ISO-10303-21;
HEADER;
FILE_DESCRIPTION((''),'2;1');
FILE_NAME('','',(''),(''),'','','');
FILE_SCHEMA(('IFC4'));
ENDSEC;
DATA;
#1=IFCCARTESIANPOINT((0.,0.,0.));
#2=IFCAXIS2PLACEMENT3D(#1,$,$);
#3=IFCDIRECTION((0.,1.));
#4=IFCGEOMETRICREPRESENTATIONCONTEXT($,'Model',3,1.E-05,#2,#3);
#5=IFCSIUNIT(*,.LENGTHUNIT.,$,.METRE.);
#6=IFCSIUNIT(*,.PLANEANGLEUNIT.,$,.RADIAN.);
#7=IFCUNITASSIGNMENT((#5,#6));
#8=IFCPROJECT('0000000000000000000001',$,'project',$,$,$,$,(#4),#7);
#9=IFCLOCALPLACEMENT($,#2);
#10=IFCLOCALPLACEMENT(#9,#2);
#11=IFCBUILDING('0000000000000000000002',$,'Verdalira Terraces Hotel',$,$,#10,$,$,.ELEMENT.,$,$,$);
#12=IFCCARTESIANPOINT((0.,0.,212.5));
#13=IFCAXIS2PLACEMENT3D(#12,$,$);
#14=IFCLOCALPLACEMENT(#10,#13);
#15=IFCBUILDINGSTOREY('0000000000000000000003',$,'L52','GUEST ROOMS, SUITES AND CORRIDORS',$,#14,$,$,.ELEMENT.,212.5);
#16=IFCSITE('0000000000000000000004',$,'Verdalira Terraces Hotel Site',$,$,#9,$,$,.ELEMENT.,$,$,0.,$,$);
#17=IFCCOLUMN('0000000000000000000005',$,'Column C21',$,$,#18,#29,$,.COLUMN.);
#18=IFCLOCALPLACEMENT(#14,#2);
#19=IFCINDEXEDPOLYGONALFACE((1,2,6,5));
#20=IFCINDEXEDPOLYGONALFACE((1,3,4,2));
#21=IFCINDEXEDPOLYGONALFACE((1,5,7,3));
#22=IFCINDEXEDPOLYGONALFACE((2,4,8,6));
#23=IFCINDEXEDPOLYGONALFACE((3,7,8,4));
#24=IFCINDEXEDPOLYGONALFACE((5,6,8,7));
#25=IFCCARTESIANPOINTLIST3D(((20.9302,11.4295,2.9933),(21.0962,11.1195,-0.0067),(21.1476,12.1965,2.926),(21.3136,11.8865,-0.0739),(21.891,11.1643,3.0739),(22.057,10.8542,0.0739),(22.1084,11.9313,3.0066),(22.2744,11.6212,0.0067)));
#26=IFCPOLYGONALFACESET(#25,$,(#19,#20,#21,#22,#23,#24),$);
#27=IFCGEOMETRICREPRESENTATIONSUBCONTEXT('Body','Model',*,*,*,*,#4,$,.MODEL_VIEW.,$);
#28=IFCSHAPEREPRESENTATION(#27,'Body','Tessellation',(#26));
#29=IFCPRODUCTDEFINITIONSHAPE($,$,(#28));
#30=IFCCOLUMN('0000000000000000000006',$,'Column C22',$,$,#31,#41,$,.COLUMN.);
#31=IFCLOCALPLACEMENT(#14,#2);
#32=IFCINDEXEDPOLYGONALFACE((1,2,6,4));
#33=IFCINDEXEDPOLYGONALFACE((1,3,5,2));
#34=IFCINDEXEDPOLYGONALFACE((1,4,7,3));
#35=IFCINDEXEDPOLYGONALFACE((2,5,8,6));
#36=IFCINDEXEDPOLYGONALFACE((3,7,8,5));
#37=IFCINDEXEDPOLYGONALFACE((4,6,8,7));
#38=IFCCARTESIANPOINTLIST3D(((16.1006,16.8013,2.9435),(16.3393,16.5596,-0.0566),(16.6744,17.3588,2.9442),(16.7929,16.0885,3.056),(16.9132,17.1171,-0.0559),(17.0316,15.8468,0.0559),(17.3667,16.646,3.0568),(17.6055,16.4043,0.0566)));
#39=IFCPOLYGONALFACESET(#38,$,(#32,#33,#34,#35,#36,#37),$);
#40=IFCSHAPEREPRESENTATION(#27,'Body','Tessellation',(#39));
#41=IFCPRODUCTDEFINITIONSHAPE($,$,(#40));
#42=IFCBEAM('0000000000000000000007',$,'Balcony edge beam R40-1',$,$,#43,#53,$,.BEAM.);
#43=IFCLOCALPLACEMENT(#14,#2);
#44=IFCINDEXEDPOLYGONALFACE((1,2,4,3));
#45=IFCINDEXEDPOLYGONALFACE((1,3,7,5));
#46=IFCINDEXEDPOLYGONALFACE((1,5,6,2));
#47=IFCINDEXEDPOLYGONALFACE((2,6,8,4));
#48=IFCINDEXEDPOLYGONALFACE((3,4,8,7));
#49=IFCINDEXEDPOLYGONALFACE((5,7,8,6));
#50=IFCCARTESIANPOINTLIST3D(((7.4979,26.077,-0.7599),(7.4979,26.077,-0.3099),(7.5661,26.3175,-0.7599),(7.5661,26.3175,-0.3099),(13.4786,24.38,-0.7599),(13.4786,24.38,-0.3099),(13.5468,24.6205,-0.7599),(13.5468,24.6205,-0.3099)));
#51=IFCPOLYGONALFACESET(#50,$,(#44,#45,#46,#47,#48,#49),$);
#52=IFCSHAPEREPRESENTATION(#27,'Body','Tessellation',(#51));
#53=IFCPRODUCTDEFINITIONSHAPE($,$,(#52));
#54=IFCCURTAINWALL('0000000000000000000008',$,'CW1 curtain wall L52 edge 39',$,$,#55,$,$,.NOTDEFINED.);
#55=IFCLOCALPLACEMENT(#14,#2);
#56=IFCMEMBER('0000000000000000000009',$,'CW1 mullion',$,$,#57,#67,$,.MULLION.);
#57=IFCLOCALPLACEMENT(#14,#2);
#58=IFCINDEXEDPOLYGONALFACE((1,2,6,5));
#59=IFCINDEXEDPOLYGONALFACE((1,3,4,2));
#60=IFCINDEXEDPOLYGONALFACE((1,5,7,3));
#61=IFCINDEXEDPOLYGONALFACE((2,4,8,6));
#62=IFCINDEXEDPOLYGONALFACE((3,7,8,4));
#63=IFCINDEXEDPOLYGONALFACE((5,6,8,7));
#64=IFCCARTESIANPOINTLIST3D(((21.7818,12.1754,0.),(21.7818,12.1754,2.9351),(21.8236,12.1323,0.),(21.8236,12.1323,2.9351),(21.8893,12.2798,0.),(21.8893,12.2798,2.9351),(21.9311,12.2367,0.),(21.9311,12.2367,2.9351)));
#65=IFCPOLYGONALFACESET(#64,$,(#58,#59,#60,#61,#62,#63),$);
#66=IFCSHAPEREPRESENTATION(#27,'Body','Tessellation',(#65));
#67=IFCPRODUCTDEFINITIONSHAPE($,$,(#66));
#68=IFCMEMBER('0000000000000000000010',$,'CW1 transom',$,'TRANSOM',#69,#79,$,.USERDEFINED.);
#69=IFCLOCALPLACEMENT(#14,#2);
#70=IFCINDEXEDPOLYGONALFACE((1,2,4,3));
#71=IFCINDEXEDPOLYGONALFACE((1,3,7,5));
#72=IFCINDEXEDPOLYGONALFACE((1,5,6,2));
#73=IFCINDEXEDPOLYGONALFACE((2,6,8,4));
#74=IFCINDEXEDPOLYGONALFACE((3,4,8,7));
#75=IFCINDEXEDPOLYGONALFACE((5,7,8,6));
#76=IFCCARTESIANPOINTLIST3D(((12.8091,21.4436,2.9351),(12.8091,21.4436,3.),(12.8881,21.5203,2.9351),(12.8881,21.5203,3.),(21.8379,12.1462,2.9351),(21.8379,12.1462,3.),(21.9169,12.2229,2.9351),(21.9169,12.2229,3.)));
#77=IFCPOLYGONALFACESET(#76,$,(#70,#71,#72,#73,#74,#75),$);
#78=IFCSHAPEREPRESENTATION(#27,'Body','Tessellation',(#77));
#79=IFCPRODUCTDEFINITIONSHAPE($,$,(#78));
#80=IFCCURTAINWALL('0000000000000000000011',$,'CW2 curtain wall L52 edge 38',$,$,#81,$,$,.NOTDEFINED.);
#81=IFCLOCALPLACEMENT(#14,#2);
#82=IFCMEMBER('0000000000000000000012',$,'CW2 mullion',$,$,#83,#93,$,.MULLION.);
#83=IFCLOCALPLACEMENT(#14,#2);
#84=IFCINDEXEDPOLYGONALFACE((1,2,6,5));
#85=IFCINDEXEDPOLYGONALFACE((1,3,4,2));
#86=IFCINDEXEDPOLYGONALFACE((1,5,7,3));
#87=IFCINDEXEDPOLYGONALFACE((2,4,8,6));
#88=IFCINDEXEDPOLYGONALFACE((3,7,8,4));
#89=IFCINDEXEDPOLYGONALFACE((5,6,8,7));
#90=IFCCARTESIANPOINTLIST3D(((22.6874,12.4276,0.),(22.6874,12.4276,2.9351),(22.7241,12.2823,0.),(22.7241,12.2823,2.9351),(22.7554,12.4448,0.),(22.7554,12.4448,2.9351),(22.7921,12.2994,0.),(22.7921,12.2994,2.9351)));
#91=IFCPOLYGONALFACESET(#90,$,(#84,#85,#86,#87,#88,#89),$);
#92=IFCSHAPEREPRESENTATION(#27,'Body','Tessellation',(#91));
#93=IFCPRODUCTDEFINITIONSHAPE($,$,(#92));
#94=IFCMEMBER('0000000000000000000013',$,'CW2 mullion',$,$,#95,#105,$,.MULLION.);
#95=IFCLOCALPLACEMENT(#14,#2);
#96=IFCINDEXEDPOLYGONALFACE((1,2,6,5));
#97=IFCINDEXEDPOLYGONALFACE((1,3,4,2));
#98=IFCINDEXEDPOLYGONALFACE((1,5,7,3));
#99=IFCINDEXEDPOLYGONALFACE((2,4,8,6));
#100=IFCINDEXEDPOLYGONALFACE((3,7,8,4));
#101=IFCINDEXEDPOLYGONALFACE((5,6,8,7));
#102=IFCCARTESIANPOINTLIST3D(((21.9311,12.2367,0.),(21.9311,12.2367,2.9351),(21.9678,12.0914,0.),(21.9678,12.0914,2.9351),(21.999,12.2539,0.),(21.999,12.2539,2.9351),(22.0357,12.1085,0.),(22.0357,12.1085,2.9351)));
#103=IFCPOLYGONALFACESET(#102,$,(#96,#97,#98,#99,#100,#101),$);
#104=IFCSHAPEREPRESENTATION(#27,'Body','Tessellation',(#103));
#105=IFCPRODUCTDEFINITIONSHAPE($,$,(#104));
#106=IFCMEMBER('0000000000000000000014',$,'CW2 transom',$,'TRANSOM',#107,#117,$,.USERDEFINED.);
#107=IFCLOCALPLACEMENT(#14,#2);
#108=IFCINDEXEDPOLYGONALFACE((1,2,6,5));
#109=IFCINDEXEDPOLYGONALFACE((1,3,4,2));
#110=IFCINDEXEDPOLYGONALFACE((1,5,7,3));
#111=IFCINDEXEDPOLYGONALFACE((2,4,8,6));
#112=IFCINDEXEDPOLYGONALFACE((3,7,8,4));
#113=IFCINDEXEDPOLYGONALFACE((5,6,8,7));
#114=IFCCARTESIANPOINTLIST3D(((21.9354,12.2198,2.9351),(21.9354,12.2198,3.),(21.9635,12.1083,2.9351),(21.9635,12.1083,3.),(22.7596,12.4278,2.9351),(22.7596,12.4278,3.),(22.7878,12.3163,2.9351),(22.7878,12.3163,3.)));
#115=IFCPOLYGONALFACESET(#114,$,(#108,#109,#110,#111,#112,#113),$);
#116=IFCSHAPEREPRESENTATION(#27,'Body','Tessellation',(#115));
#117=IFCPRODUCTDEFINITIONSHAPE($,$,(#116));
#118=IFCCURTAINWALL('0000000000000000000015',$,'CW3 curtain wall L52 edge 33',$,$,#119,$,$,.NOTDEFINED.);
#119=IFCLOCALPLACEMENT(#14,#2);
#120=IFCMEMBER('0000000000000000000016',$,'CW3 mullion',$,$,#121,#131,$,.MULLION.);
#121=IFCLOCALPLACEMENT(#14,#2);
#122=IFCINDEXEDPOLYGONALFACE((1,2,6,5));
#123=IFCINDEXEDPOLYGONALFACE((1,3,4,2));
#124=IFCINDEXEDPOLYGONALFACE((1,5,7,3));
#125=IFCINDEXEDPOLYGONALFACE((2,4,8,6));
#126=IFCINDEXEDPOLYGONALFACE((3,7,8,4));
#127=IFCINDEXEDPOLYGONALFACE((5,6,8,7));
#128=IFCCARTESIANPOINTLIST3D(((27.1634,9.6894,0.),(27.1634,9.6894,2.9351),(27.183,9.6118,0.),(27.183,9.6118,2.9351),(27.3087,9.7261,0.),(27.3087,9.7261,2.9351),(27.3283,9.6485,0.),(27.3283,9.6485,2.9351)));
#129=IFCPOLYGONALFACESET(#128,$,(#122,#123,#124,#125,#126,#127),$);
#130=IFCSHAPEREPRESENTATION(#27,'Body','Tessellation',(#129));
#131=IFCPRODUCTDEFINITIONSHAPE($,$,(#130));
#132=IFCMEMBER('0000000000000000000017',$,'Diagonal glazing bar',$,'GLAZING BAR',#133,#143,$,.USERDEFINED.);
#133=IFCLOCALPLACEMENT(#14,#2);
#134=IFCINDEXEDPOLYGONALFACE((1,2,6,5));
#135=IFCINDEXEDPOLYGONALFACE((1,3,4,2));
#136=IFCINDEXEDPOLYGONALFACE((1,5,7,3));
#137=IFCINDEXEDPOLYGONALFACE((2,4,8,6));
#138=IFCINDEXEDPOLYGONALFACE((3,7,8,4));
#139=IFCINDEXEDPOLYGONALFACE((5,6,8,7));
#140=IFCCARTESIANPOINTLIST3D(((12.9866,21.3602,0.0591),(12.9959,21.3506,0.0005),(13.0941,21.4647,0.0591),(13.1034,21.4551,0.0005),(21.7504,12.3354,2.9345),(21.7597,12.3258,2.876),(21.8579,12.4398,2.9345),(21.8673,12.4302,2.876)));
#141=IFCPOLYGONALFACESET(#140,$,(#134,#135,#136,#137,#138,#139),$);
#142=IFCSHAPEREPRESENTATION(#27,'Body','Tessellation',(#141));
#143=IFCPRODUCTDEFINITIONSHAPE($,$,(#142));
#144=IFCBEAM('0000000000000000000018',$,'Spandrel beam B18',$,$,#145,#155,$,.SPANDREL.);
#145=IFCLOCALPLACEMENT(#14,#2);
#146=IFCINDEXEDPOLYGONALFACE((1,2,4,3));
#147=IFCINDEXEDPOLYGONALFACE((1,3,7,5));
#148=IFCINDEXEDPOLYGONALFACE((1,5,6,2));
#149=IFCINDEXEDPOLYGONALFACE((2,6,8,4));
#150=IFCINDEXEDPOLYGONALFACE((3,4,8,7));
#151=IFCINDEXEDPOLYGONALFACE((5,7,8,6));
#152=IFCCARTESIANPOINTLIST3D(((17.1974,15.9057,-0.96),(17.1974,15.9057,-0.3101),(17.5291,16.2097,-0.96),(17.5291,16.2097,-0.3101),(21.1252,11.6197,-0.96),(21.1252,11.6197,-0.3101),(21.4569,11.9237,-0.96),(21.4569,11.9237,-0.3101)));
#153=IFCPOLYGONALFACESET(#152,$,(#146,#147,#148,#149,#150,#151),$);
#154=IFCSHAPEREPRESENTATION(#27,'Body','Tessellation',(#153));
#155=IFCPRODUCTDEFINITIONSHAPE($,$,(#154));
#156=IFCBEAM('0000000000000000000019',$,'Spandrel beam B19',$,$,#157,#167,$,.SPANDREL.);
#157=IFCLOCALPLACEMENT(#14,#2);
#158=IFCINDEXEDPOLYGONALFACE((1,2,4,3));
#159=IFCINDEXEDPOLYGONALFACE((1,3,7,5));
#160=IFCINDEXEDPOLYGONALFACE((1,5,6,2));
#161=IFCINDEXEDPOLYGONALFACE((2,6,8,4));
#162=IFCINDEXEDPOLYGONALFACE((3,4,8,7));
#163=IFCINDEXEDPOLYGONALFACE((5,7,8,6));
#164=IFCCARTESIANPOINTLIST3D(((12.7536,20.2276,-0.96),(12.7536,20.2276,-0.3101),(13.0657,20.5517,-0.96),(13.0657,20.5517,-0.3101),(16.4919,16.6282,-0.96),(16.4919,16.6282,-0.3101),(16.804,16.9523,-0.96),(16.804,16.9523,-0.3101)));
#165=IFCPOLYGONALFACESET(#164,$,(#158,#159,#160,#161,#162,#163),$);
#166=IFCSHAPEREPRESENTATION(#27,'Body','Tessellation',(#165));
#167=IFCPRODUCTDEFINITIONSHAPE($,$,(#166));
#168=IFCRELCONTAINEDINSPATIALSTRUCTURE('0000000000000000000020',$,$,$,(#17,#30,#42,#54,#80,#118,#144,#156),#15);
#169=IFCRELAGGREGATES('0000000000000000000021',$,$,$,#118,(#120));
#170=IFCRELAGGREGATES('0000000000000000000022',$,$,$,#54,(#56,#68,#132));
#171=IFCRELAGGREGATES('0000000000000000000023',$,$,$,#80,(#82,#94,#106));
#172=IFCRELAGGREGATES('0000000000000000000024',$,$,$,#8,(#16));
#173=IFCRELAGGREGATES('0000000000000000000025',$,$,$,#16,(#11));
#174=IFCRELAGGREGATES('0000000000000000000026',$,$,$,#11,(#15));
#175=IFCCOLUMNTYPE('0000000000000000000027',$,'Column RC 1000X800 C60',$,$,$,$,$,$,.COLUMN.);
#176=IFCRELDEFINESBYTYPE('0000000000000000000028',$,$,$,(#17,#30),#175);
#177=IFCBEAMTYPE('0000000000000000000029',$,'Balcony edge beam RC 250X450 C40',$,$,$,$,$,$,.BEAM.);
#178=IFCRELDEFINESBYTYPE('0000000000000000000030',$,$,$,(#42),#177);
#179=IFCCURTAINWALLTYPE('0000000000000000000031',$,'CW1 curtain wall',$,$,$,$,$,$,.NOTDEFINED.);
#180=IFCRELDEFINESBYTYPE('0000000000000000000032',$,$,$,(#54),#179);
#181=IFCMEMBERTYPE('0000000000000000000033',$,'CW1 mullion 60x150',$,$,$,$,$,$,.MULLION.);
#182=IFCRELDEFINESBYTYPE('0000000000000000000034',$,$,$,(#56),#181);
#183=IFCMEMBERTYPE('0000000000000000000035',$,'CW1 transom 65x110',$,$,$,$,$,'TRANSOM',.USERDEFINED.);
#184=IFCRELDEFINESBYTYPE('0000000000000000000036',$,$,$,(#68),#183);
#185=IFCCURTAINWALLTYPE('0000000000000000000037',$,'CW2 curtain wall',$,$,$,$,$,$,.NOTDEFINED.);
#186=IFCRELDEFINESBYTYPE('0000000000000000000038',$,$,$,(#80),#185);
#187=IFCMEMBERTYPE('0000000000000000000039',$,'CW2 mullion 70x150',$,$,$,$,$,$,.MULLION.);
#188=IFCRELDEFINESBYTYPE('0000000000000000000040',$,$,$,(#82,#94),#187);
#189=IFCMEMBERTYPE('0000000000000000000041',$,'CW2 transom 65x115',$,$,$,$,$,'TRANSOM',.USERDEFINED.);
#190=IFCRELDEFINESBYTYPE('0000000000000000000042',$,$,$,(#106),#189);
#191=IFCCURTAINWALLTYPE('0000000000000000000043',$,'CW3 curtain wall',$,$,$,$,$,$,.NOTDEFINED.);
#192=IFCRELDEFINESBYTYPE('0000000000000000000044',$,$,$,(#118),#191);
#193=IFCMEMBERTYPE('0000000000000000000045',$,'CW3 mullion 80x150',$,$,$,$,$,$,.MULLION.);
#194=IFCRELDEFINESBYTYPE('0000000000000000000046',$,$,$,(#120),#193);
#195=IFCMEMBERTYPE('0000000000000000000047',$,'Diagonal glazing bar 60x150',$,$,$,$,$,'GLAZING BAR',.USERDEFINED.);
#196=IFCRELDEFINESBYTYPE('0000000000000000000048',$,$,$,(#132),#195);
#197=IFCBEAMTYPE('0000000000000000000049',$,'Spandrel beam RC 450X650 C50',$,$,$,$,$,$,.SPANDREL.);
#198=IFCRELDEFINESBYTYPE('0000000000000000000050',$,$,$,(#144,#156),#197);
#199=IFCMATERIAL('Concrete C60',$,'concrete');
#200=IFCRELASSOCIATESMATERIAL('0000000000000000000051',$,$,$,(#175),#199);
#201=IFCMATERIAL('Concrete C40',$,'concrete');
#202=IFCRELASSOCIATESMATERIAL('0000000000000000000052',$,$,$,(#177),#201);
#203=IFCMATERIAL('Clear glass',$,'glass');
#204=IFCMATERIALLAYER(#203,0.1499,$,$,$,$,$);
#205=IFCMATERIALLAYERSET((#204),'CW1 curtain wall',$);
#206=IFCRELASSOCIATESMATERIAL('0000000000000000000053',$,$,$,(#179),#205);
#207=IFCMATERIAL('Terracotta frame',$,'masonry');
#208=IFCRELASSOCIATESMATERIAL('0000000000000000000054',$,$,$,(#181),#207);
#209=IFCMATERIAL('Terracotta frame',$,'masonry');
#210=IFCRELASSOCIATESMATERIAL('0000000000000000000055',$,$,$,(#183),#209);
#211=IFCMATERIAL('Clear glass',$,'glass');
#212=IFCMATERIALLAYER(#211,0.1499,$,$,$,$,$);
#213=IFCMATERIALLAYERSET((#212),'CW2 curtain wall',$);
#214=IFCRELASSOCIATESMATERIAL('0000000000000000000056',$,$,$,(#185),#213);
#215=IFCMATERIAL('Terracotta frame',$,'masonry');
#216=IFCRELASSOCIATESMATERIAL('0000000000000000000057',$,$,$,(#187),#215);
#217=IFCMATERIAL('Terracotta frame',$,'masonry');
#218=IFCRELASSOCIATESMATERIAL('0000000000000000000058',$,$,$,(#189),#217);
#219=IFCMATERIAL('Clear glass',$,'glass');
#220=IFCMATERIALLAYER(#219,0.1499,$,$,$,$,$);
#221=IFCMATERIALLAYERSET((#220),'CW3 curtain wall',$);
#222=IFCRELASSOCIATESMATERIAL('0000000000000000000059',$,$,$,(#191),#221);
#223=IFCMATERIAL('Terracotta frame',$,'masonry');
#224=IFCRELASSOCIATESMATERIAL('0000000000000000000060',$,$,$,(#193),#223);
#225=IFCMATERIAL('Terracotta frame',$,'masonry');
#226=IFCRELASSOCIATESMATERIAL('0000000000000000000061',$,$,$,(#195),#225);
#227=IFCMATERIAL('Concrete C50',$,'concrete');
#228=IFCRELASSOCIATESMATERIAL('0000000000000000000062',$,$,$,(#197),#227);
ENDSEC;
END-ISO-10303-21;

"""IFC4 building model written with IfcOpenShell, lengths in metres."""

from ifc_helpers import new_model, si_unit, direction, frame, origin, origin_2d, place, context, subcontext, project, spatial, rectangle, extrude, material, layer, layer_set, material_profile, profile_set, type_object, element, aggregate, save


model = new_model("IFC4")

# Units and contexts
model_context = context("Model", 3, precision=1e-05, world=origin(), true_north=direction((0.0, 1.0)))
body_context = subcontext(model_context, "Body", "Model", "MODEL_VIEW")
ifc_project = project(units=[si_unit("LENGTHUNIT", "METRE"), si_unit("PLANEANGLEUNIT", "RADIAN")], contexts=[model_context])

# Site, building, storey
site_placement = place(None, origin())
site = spatial("IfcSite", under=ifc_project, at=site_placement, Name="Verdalira Terraces Hotel Site", CompositionType="ELEMENT", RefElevation=0.0)
building_placement = place(site_placement, origin())
building = spatial("IfcBuilding", under=site, at=building_placement, Name="Verdalira Terraces Hotel", CompositionType="ELEMENT")
storey_placement = place(building_placement, frame((0.0, 0.0, 212.5)))
storey = spatial("IfcBuildingStorey", under=building, at=storey_placement, Name="L52", Description="GUEST ROOMS, SUITES AND CORRIDORS", CompositionType="ELEMENT", Elevation=212.5)

# Columns
ifc_material_1 = material(Name="Concrete C60", Category="concrete")
ifc_material_profile_1 = material_profile(ifc_material_1, rectangle(XDim=1.0, YDim=0.8, at=origin_2d()), Name="RC 1000X800")
ifc_profile_set_1 = profile_set([ifc_material_profile_1], Name="Concrete C60")
column_type = type_object("IfcColumnType", Name="Column RC 1000X800 C60", PredefinedType="COLUMN", material=ifc_profile_set_1)
column_1_placement = place(storey_placement, frame((21.6853, 11.3704, 0.0), z_axis=(-0.054962, 0.10265, 0.993198), x_axis=(0.960808, -0.265244, 0.080583)))
element("IfcColumn", 1, at=column_1_placement, inside=storey, type_object=column_type, Name="Column C21", PredefinedType="COLUMN", context=body_context, shape_type="SweptSolid", body=[
    extrude(rectangle(XDim=1.0, YDim=0.8, at=origin_2d()), origin(), (0.0, 0.0, 1.0), 3.0205),
])
column_2_placement = place(storey_placement, frame((16.9724, 16.4819, 0.0), z_axis=(-0.079084, 0.080055, 0.993648), x_axis=(-0.692295, 0.712787, -0.112526)))
element("IfcColumn", 2, at=column_2_placement, inside=storey, type_object=column_type, Name="Column C22", PredefinedType="COLUMN", context=body_context, shape_type="SweptSolid", body=[
    extrude(rectangle(XDim=1.0, YDim=0.8, at=origin_2d()), origin(), (0.0, 0.0, 1.0), 3.0193),
])

# Beam
ifc_material_2 = material(Name="Concrete C40", Category="concrete")
ifc_material_profile_2 = material_profile(ifc_material_2, rectangle(XDim=0.25, YDim=0.45, at=origin_2d()), Name="RC 250X450")
ifc_profile_set_2 = profile_set([ifc_material_profile_2], Name="Concrete C40")
beam_type_1 = type_object("IfcBeamType", Name="Balcony edge beam RC 250X450 C40", PredefinedType="BEAM", material=ifc_profile_set_2)
beam_1_placement = place(storey_placement, frame((13.5127, 24.5002, -0.5349), z_axis=(-0.962022, 0.272973, 0.0), x_axis=(-0.272973, -0.962022, 0.0)))
element("IfcBeam", 3, at=beam_1_placement, inside=storey, type_object=beam_type_1, Name="Balcony edge beam R40-1", PredefinedType="BEAM", context=body_context, shape_type="SweptSolid", body=[
    extrude(rectangle(XDim=0.25, YDim=0.45, at=origin_2d()), origin(), (0.0, 0.0, 1.0), 6.2168),
])

# Curtain walls, members
ifc_material_3 = material(Name="Clear glass", Category="glass")
ifc_layer_1 = layer(ifc_material_3, 0.1499)
ifc_layer_set_1 = layer_set([ifc_layer_1], Name="CW1 curtain wall")
curtain_wall_type_1 = type_object("IfcCurtainWallType", Name="CW1 curtain wall", PredefinedType="NOTDEFINED", material=ifc_layer_set_1)
curtain_wall_1_placement = place(storey_placement, origin())
curtain_wall_1 = element("IfcCurtainWall", 4, at=curtain_wall_1_placement, inside=storey, type_object=curtain_wall_type_1, Name="CW1 curtain wall L52 edge 39", PredefinedType="NOTDEFINED")
ifc_material_4 = material(Name="Terracotta frame", Category="masonry")
ifc_material_profile_3 = material_profile(ifc_material_4, rectangle(XDim=0.0601, YDim=0.1499, at=origin_2d()), Name="MU 60x150")
ifc_profile_set_3 = profile_set([ifc_material_profile_3], Name="Terracotta frame")
member_type_1 = type_object("IfcMemberType", Name="CW1 mullion 60x150", PredefinedType="MULLION", material=ifc_profile_set_3)
member_1_placement = place(storey_placement, frame((21.8564, 12.2061, 0.0), z_axis=(0.0, 0.0, 1.0), x_axis=(-0.696664, 0.717397, 0.0)))
member_1 = element("IfcMember", 5, at=member_1_placement, type_object=member_type_1, Name="CW1 mullion", PredefinedType="MULLION", context=body_context, shape_type="SweptSolid", body=[
    extrude(rectangle(XDim=0.0601, YDim=0.1499, at=origin_2d()), origin(), (0.0, 0.0, 1.0), 2.9351),
])
ifc_material_5 = material(Name="Terracotta frame", Category="masonry")
ifc_material_profile_4 = material_profile(ifc_material_5, rectangle(XDim=0.1101, YDim=0.0649, at=origin_2d()), Name="TR 65x110")
ifc_profile_set_4 = profile_set([ifc_material_profile_4], Name="Terracotta frame")
member_type_2 = type_object("IfcMemberType", Name="CW1 transom 65x110", ElementType="TRANSOM", PredefinedType="USERDEFINED", material=ifc_profile_set_4)
member_2_placement = place(storey_placement, frame((21.8774, 12.1846, 2.9675), z_axis=(-0.69667, 0.717392, 0.0), x_axis=(-0.717392, -0.69667, 0.0)))
member_2 = element("IfcMember", 6, at=member_2_placement, type_object=member_type_2, Name="CW1 transom", ObjectType="TRANSOM", PredefinedType="USERDEFINED", context=body_context, shape_type="SweptSolid", body=[
    extrude(rectangle(XDim=0.1101, YDim=0.0649, at=origin_2d()), origin(), (0.0, 0.0, 1.0), 12.96),
])
ifc_material_6 = material(Name="Clear glass", Category="glass")
ifc_layer_2 = layer(ifc_material_6, 0.1499)
ifc_layer_set_2 = layer_set([ifc_layer_2], Name="CW2 curtain wall")
curtain_wall_type_2 = type_object("IfcCurtainWallType", Name="CW2 curtain wall", PredefinedType="NOTDEFINED", material=ifc_layer_set_2)
curtain_wall_2_placement = place(storey_placement, origin())
curtain_wall_2 = element("IfcCurtainWall", 7, at=curtain_wall_2_placement, inside=storey, type_object=curtain_wall_type_2, Name="CW2 curtain wall L52 edge 38", PredefinedType="NOTDEFINED")
ifc_material_7 = material(Name="Terracotta frame", Category="masonry")
ifc_material_profile_5 = material_profile(ifc_material_7, rectangle(XDim=0.0701, YDim=0.1499, at=origin_2d()), Name="MU 70x150")
ifc_profile_set_5 = profile_set([ifc_material_profile_5], Name="Terracotta frame")
member_type_3 = type_object("IfcMemberType", Name="CW2 mullion 70x150", PredefinedType="MULLION", material=ifc_profile_set_5)
member_3_placement = place(storey_placement, frame((22.7397, 12.3635, 0.0), z_axis=(0.0, 0.0, 1.0), x_axis=(-0.969616, -0.244631, 0.0)))
member_3 = element("IfcMember", 8, at=member_3_placement, type_object=member_type_3, Name="CW2 mullion", PredefinedType="MULLION", context=body_context, shape_type="SweptSolid", body=[
    extrude(rectangle(XDim=0.0701, YDim=0.1499, at=origin_2d()), origin(), (0.0, 0.0, 1.0), 2.9351),
])
member_4_placement = place(storey_placement, frame((21.9834, 12.1726, 0.0), z_axis=(0.0, 0.0, 1.0), x_axis=(-0.969616, -0.244631, 0.0)))
member_4 = element("IfcMember", 9, at=member_4_placement, type_object=member_type_3, Name="CW2 mullion", PredefinedType="MULLION", context=body_context, shape_type="SweptSolid", body=[
    extrude(rectangle(XDim=0.0701, YDim=0.1499, at=origin_2d()), origin(), (0.0, 0.0, 1.0), 2.9351),
])
ifc_material_8 = material(Name="Terracotta frame", Category="masonry")
ifc_material_profile_6 = material_profile(ifc_material_8, rectangle(XDim=0.115, YDim=0.0649, at=origin_2d()), Name="TR 65x115")
ifc_profile_set_6 = profile_set([ifc_material_profile_6], Name="Terracotta frame")
member_type_4 = type_object("IfcMemberType", Name="CW2 transom 65x115", ElementType="TRANSOM", PredefinedType="USERDEFINED", material=ifc_profile_set_6)
member_5_placement = place(storey_placement, frame((22.7737, 12.3721, 2.9675), z_axis=(-0.969599, -0.244697, 0.0), x_axis=(0.244697, -0.969599, 0.0)))
member_5 = element("IfcMember", 10, at=member_5_placement, type_object=member_type_4, Name="CW2 transom", ObjectType="TRANSOM", PredefinedType="USERDEFINED", context=body_context, shape_type="SweptSolid", body=[
    extrude(rectangle(XDim=0.115, YDim=0.0649, at=origin_2d()), origin(), (0.0, 0.0, 1.0), 0.8501),
])

# Curtain wall, member
ifc_material_9 = material(Name="Clear glass", Category="glass")
ifc_layer_3 = layer(ifc_material_9, 0.1499)
ifc_layer_set_3 = layer_set([ifc_layer_3], Name="CW3 curtain wall")
curtain_wall_type_3 = type_object("IfcCurtainWallType", Name="CW3 curtain wall", PredefinedType="NOTDEFINED", material=ifc_layer_set_3)
curtain_wall_3_placement = place(storey_placement, origin())
curtain_wall_3 = element("IfcCurtainWall", 11, at=curtain_wall_3_placement, inside=storey, type_object=curtain_wall_type_3, Name="CW3 curtain wall L52 edge 33", PredefinedType="NOTDEFINED")
ifc_material_10 = material(Name="Terracotta frame", Category="masonry")
ifc_material_profile_7 = material_profile(ifc_material_10, rectangle(XDim=0.0801, YDim=0.1499, at=origin_2d()), Name="MU 80x150")
ifc_profile_set_7 = profile_set([ifc_material_profile_7], Name="Terracotta frame")
member_type_5 = type_object("IfcMemberType", Name="CW3 mullion 80x150", PredefinedType="MULLION", material=ifc_profile_set_7)
member_6_placement = place(storey_placement, frame((27.2459, 9.6689, 0.0), z_axis=(0.0, 0.0, 1.0), x_axis=(-0.244631, 0.969616, 0.0)))
member_6 = element("IfcMember", 12, at=member_6_placement, type_object=member_type_5, Name="CW3 mullion", PredefinedType="MULLION", context=body_context, shape_type="SweptSolid", body=[
    extrude(rectangle(XDim=0.0801, YDim=0.1499, at=origin_2d()), origin(), (0.0, 0.0, 1.0), 2.9351),
])
aggregate(curtain_wall_3, [member_6])

# Member
ifc_material_11 = material(Name="Terracotta frame", Category="masonry")
ifc_material_profile_8 = material_profile(ifc_material_11, rectangle(XDim=0.1499, YDim=0.0601, at=origin_2d()), Name="GB 60x150")
ifc_profile_set_8 = profile_set([ifc_material_profile_8], Name="Terracotta frame")
member_type_6 = type_object("IfcMemberType", Name="Diagonal glazing bar 60x150", ElementType="GLAZING BAR", PredefinedType="USERDEFINED", material=ifc_profile_set_8)
member_7_placement = place(storey_placement, frame((21.8088, 12.3828, 2.9053), z_axis=(-0.679142, 0.699366, -0.22283), x_axis=(-0.717404, -0.696658, 0.0)))
member_7 = element("IfcMember", 13, at=member_7_placement, type_object=member_type_6, Name="Diagonal glazing bar", ObjectType="GLAZING BAR", PredefinedType="USERDEFINED", context=body_context, shape_type="SweptSolid", body=[
    extrude(rectangle(XDim=0.1499, YDim=0.0601, at=origin_2d()), origin(), (0.0, 0.0, 1.0), 12.9043),
])

# Beams
ifc_material_12 = material(Name="Concrete C50", Category="concrete")
ifc_material_profile_9 = material_profile(ifc_material_12, rectangle(XDim=0.45, YDim=0.6499, at=origin_2d()), Name="RC 450X650")
ifc_profile_set_9 = profile_set([ifc_material_profile_9], Name="Concrete C50")
beam_type_2 = type_object("IfcBeamType", Name="Spandrel beam RC 450X650 C50", PredefinedType="SPANDREL", material=ifc_profile_set_9)
beam_2_placement = place(storey_placement, frame((21.291, 11.7717, -0.635), z_axis=(-0.675631, 0.73724, 0.0), x_axis=(-0.73724, -0.675631, 0.0)))
element("IfcBeam", 14, at=beam_2_placement, inside=storey, type_object=beam_type_2, Name="Spandrel beam B18", PredefinedType="SPANDREL", context=body_context, shape_type="SweptSolid", body=[
    extrude(rectangle(XDim=0.45, YDim=0.6499, at=origin_2d()), origin(), (0.0, 0.0, 1.0), 5.8135),
])
beam_3_placement = place(storey_placement, frame((16.6479, 16.7903, -0.635), z_axis=(-0.720365, 0.693596, 0.0), x_axis=(-0.693596, -0.720365, 0.0)))
element("IfcBeam", 15, at=beam_3_placement, inside=storey, type_object=beam_type_2, Name="Spandrel beam B19", PredefinedType="SPANDREL", context=body_context, shape_type="SweptSolid", body=[
    extrude(rectangle(XDim=0.45, YDim=0.6499, at=origin_2d()), origin(), (0.0, 0.0, 1.0), 5.1895),
])

aggregate(curtain_wall_1, [member_1, member_2, member_7])
aggregate(curtain_wall_2, [member_3, member_4, member_5])

save(model, "model.ifc")
